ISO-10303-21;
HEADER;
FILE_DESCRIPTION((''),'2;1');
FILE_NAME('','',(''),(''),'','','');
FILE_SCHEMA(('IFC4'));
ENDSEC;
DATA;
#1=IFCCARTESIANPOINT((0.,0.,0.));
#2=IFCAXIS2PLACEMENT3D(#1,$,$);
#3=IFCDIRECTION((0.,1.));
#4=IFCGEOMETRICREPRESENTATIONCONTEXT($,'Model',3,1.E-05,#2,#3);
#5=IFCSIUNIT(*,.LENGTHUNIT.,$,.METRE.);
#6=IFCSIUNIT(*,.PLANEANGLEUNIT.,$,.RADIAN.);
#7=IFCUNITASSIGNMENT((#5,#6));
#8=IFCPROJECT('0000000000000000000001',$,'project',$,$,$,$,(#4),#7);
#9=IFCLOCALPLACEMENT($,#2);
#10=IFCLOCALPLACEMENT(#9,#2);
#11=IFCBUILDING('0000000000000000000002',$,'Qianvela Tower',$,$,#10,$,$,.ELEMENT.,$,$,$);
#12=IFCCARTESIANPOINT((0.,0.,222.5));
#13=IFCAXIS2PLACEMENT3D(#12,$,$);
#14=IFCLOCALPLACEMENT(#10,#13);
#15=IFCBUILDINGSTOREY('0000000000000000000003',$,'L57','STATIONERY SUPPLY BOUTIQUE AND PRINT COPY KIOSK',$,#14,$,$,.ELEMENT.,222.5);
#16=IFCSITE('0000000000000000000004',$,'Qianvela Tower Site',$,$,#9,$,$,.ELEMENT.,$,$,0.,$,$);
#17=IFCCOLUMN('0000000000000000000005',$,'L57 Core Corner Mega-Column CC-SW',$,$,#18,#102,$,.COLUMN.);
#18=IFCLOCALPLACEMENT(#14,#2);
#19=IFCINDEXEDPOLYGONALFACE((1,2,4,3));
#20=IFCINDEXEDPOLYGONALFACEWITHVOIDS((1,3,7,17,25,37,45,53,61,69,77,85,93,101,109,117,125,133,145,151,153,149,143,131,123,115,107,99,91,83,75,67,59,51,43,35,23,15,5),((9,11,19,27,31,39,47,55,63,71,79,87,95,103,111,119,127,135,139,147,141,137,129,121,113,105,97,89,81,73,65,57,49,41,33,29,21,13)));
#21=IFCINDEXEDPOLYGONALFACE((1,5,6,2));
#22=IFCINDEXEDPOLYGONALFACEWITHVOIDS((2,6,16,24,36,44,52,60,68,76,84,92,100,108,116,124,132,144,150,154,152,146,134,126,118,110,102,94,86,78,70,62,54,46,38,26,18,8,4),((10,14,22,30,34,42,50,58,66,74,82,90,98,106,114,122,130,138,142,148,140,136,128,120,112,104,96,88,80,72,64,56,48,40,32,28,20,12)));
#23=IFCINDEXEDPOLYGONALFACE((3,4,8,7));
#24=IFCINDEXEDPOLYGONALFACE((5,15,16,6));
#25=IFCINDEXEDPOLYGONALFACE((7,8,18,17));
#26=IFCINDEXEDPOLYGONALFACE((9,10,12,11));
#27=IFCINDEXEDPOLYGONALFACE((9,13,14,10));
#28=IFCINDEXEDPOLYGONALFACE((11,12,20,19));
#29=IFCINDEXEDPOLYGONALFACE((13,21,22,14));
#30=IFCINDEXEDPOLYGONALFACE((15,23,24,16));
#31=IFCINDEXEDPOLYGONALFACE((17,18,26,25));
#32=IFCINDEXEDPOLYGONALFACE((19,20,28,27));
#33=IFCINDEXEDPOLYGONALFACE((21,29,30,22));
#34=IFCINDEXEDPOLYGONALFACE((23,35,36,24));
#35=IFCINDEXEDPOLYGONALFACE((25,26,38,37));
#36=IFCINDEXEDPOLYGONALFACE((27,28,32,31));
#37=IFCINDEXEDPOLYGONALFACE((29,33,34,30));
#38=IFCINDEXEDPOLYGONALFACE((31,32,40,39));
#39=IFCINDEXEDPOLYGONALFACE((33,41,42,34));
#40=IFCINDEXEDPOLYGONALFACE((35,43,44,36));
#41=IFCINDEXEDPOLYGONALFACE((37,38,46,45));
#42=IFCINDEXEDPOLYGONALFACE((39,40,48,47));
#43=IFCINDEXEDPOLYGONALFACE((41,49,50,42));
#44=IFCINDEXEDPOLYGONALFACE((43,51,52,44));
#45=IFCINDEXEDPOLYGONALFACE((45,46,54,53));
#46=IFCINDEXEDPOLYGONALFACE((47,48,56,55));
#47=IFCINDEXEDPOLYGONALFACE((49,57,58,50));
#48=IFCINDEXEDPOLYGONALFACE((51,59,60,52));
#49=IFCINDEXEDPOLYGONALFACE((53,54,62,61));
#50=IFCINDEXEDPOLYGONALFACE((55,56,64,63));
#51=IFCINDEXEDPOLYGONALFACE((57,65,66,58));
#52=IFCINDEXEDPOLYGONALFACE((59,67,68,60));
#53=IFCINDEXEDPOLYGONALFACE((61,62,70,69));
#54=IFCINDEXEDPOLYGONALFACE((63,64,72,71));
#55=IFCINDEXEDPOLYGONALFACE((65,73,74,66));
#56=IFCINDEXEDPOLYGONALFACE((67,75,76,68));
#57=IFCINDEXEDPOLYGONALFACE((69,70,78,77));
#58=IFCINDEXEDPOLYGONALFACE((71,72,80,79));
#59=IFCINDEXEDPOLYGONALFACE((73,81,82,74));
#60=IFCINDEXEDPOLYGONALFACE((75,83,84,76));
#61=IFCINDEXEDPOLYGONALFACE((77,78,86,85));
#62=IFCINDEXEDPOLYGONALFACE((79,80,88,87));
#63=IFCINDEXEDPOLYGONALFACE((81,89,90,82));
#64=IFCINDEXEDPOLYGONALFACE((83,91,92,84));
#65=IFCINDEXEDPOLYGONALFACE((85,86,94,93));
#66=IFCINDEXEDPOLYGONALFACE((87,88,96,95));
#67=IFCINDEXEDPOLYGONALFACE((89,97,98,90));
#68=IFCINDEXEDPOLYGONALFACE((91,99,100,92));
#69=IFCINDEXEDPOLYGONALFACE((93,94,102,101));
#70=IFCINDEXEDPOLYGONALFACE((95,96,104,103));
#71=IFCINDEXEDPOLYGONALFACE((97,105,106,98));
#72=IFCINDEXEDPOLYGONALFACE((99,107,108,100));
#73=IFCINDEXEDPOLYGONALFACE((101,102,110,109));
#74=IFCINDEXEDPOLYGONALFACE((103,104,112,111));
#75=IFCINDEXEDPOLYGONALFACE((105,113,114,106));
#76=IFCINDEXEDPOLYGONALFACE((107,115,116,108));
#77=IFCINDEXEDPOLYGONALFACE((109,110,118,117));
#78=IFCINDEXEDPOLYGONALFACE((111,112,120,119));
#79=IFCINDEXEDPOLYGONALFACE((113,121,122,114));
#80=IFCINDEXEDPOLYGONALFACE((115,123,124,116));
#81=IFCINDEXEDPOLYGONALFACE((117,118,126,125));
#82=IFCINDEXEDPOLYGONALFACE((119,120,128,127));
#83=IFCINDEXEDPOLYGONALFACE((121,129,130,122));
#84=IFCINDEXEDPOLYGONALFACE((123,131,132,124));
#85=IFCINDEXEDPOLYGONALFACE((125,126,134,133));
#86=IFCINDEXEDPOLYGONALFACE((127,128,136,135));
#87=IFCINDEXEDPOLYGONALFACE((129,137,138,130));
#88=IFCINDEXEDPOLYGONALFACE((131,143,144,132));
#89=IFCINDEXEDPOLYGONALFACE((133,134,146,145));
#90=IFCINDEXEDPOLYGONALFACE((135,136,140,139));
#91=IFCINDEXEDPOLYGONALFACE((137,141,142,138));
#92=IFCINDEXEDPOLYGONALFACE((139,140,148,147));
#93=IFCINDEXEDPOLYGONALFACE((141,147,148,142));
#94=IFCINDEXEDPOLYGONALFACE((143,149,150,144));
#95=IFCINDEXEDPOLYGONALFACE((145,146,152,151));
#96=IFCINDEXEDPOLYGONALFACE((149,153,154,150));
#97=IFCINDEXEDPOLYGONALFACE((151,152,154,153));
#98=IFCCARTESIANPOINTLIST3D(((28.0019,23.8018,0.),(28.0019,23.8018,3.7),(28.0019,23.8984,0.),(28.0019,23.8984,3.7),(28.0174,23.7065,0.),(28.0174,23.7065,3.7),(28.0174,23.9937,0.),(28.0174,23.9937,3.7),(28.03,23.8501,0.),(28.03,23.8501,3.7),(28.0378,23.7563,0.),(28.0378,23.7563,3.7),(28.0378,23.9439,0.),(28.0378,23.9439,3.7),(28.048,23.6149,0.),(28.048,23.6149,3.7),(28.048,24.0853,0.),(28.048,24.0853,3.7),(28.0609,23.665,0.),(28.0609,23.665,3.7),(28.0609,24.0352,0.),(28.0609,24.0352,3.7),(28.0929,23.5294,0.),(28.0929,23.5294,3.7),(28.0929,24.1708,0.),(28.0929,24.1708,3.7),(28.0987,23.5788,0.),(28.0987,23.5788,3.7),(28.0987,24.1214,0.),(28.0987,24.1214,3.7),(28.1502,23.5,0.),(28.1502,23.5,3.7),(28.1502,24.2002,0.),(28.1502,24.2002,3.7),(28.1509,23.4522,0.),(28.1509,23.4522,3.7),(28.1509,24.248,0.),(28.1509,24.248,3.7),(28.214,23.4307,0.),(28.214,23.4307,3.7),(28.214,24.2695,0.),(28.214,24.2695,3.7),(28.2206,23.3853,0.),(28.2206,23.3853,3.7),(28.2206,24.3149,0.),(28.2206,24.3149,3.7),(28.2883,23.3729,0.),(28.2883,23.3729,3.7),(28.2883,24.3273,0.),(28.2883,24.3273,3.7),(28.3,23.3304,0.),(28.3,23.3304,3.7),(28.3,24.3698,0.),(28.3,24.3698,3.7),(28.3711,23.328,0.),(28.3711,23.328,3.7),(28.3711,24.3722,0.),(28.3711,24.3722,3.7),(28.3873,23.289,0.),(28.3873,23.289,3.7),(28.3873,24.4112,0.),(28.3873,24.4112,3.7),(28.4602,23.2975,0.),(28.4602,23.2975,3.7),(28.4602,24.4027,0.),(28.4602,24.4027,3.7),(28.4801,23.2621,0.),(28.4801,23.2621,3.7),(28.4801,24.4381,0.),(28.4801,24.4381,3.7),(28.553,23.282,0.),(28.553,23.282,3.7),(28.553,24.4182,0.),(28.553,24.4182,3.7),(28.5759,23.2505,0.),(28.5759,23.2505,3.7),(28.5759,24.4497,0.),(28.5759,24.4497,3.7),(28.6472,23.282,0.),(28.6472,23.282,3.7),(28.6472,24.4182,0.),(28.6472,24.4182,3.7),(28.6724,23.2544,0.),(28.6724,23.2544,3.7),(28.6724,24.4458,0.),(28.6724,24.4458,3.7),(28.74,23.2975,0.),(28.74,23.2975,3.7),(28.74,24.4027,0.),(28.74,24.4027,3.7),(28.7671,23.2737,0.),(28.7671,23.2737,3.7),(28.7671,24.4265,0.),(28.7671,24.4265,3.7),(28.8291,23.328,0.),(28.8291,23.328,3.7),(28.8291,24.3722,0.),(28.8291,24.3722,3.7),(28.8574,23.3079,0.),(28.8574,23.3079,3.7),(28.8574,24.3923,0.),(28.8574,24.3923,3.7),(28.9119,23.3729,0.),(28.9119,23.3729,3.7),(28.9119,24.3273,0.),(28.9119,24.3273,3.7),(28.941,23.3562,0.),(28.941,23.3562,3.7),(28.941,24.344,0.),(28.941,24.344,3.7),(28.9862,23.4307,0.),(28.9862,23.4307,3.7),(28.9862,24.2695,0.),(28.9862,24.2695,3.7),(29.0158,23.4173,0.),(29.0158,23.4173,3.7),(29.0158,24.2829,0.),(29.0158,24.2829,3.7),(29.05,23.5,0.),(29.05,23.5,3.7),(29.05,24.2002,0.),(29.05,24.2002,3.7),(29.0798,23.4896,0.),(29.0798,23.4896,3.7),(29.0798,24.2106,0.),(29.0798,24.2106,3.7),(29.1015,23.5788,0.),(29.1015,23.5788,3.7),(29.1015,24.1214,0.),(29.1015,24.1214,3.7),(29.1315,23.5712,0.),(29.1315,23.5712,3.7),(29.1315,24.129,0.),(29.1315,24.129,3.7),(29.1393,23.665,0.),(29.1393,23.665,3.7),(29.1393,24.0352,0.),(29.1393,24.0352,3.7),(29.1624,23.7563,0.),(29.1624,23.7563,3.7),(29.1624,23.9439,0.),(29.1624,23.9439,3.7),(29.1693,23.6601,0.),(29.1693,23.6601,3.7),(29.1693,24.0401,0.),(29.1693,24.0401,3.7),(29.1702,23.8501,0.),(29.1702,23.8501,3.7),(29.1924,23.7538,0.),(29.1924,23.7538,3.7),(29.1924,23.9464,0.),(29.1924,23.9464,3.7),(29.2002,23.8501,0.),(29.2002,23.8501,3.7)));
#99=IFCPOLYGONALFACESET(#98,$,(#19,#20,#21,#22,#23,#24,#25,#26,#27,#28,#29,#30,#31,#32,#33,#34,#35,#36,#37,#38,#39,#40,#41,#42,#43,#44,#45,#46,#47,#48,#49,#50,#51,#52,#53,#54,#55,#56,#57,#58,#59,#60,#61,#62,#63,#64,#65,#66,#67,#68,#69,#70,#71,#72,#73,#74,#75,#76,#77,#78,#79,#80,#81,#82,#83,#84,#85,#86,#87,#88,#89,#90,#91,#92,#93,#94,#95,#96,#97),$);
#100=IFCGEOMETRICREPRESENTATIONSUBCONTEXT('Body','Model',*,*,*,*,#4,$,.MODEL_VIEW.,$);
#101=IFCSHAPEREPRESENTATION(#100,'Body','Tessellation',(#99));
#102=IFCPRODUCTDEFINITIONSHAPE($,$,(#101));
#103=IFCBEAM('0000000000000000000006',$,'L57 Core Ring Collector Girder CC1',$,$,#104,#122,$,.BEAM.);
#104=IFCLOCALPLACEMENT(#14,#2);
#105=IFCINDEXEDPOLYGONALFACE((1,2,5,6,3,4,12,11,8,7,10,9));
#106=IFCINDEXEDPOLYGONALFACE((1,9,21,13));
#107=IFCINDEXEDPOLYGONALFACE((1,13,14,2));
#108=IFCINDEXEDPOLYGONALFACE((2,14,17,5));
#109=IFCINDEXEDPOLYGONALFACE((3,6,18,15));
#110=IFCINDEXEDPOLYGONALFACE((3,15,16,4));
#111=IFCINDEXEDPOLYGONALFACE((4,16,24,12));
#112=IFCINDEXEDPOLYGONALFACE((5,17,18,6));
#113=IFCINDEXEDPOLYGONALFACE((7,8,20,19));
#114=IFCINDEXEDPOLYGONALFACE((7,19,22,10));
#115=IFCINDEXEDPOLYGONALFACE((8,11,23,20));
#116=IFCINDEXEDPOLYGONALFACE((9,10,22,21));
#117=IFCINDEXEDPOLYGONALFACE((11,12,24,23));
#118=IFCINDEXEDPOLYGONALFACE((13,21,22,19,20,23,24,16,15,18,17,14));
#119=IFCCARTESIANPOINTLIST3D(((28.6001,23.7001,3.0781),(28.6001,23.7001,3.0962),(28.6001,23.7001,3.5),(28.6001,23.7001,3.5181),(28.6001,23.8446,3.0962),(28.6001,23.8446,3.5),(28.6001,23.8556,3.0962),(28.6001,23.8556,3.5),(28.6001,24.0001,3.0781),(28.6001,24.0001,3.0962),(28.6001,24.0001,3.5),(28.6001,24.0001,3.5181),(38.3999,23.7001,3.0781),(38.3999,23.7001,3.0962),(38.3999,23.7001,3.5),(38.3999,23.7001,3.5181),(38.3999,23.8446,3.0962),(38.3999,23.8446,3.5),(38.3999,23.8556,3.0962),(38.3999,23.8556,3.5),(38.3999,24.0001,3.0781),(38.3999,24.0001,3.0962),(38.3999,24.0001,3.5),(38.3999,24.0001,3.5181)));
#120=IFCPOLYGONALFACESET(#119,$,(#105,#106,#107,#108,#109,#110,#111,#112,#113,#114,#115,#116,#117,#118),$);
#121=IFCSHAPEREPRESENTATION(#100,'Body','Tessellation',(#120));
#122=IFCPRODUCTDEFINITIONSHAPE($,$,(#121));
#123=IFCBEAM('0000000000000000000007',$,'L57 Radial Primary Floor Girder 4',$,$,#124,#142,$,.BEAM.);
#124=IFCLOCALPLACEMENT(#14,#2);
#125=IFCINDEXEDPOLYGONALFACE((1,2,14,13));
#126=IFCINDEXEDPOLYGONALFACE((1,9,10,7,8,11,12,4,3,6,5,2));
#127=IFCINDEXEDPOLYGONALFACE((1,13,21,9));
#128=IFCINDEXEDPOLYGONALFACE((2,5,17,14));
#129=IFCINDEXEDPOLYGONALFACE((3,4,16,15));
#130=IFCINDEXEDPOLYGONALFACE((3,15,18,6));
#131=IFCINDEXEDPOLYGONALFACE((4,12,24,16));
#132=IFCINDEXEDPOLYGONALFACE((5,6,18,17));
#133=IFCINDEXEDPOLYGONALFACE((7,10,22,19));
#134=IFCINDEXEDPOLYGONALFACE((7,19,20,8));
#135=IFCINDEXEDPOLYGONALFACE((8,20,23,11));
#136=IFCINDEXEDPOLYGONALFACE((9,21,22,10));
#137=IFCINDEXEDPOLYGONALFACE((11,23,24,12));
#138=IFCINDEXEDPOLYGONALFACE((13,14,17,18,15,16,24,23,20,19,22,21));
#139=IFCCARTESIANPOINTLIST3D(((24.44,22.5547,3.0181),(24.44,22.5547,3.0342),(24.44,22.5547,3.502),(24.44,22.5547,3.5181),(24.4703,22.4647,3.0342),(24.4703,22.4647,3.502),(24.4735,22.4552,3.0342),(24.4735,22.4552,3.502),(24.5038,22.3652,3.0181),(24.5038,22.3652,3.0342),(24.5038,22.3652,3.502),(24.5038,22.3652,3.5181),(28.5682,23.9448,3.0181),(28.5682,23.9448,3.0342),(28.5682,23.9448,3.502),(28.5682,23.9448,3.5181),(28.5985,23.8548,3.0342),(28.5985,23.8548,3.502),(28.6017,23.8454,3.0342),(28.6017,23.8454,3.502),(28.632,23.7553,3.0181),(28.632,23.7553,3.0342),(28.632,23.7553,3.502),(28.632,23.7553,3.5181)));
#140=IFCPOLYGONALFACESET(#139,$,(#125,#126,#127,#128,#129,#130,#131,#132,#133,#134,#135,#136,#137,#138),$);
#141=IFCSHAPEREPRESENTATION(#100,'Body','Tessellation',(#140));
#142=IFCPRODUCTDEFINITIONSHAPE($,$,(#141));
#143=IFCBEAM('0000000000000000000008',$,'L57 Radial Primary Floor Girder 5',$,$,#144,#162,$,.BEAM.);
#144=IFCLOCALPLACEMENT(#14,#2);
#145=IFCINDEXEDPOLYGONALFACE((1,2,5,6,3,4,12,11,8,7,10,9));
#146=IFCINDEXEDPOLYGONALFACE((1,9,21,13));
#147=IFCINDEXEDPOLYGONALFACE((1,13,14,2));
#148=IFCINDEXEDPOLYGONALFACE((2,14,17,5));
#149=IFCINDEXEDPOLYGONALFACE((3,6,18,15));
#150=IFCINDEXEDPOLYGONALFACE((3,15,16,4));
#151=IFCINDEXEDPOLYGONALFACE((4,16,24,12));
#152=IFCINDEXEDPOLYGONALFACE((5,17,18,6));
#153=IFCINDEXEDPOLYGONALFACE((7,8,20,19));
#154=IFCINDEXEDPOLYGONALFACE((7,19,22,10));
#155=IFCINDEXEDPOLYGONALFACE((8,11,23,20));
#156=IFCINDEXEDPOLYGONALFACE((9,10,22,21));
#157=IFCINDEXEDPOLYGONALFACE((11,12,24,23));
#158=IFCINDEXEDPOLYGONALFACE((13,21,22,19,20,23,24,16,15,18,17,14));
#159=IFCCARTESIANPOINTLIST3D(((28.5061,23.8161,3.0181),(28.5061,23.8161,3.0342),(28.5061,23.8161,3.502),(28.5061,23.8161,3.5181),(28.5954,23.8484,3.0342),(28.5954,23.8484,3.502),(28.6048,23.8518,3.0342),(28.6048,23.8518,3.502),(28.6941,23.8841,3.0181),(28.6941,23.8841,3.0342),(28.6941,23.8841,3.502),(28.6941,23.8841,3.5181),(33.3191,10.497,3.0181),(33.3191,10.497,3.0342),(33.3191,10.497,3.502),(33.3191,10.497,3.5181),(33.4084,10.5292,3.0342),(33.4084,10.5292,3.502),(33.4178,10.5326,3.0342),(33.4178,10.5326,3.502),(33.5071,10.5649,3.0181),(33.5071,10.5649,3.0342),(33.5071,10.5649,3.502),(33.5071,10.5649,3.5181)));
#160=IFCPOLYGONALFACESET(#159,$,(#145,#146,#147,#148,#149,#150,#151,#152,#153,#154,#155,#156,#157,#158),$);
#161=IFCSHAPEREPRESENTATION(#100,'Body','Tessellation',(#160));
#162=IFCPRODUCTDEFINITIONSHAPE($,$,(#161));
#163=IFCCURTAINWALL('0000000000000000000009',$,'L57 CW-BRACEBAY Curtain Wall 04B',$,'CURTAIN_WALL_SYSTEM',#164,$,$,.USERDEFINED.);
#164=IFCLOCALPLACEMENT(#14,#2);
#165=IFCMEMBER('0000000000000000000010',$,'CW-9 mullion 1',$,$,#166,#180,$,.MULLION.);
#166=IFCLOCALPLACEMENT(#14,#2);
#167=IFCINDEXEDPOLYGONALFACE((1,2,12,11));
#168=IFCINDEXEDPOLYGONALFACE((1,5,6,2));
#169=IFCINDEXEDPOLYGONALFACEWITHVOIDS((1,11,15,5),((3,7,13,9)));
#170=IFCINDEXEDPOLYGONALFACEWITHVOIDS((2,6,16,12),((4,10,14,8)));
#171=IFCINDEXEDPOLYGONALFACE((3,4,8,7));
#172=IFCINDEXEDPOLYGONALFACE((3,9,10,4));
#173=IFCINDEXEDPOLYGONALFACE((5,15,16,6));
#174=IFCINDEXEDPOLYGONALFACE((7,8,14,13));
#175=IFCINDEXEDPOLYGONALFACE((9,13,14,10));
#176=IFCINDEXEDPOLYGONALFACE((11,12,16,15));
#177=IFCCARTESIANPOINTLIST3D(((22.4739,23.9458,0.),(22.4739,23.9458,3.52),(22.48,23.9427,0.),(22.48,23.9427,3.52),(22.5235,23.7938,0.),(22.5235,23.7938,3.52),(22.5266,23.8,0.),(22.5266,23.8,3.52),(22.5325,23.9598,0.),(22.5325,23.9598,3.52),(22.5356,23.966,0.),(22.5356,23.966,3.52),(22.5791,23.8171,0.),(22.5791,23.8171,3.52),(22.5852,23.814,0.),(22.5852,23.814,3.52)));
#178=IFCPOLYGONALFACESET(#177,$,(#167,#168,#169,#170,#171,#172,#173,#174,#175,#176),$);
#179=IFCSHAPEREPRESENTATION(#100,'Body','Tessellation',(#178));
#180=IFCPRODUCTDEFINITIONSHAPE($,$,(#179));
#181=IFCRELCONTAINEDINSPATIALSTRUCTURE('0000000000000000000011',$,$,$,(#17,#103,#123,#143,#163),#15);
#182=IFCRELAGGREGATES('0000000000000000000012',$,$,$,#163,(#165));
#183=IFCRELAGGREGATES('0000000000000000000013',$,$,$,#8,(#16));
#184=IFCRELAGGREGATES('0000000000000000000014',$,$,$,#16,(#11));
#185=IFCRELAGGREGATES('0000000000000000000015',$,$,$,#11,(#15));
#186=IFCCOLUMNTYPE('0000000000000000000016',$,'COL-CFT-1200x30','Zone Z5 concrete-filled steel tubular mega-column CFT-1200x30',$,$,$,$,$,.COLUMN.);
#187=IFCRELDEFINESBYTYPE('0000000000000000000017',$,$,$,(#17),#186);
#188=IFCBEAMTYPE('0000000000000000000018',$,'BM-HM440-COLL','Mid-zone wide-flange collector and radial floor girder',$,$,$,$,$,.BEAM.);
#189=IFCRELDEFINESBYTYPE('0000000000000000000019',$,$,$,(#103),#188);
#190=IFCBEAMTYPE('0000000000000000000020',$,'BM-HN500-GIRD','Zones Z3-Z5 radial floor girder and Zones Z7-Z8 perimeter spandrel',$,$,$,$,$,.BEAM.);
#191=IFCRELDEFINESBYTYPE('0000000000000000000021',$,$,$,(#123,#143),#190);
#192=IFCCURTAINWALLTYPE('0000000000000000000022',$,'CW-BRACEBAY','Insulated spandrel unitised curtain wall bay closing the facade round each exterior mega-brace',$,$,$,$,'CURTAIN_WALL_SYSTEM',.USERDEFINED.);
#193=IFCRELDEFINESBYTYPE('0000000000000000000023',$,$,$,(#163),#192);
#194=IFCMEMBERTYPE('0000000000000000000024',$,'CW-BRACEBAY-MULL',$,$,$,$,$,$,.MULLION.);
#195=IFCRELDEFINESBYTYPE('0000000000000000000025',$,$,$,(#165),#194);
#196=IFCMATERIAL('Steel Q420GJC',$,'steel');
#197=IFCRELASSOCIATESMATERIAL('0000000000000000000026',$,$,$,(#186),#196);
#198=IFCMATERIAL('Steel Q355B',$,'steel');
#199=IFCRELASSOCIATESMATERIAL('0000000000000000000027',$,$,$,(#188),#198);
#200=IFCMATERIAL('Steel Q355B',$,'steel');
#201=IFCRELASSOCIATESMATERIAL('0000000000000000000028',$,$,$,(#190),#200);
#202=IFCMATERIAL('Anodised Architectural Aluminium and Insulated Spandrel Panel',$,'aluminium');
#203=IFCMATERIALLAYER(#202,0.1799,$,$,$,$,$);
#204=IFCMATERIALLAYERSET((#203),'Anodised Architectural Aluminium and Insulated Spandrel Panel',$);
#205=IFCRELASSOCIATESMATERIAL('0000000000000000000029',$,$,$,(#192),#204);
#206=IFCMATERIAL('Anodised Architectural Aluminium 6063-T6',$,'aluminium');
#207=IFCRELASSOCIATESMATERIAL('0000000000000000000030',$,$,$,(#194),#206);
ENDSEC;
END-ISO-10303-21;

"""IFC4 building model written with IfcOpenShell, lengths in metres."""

from ifc_helpers import new_model, si_unit, direction, frame, origin, origin_2d, place, context, subcontext, project, spatial, hollow_rectangle, hollow_circle, i_section, extrude, material, layer, layer_set, material_profile, profile_set, type_object, element, aggregate, save


model = new_model("IFC4")

# Units and contexts
model_context = context("Model", 3, precision=1e-05, world=origin(), true_north=direction((0.0, 1.0)))
body_context = subcontext(model_context, "Body", "Model", "MODEL_VIEW")
ifc_project = project(units=[si_unit("LENGTHUNIT", "METRE"), si_unit("PLANEANGLEUNIT", "RADIAN")], contexts=[model_context])

# Site, building, storey
site_placement = place(None, origin())
site = spatial("IfcSite", under=ifc_project, at=site_placement, Name="Qianvela Tower Site", CompositionType="ELEMENT", RefElevation=0.0)
building_placement = place(site_placement, origin())
building = spatial("IfcBuilding", under=site, at=building_placement, Name="Qianvela Tower", CompositionType="ELEMENT")
storey_placement = place(building_placement, frame((0.0, 0.0, 222.5)))
storey = spatial("IfcBuildingStorey", under=building, at=storey_placement, Name="L57", Description="STATIONERY SUPPLY BOUTIQUE AND PRINT COPY KIOSK", CompositionType="ELEMENT", Elevation=222.5)

# Column
ifc_material_1 = material(Name="Steel Q420GJC", Category="steel")
ifc_material_profile_1 = material_profile(ifc_material_1, hollow_circle(Radius=0.6001, WallThickness=0.03, at=origin_2d()), Name="CFT-1200x30")
ifc_profile_set_1 = profile_set([ifc_material_profile_1], Name="Steel Q420GJC")
column_type = type_object("IfcColumnType", Name="COL-CFT-1200x30", Description="Zone Z5 concrete-filled steel tubular mega-column CFT-1200x30", PredefinedType="COLUMN", material=ifc_profile_set_1)
column_placement = place(storey_placement, frame((28.6001, 23.8501, 0.0), z_axis=(0.0, 0.0, 1.0), x_axis=(1.0, 0.0, 0.0)))
element("IfcColumn", 1, at=column_placement, inside=storey, type_object=column_type, Name="L57 Core Corner Mega-Column CC-SW", PredefinedType="COLUMN", context=body_context, shape_type="SweptSolid", body=[
    extrude(hollow_circle(Radius=0.6001, WallThickness=0.03, at=origin_2d()), origin(), (0.0, 0.0, 1.0), 3.7),
])

# Beams
ifc_material_2 = material(Name="Steel Q355B", Category="steel")
ifc_material_profile_2 = material_profile(ifc_material_2, i_section(OverallWidth=0.3, OverallDepth=0.4399, WebThickness=0.011, FlangeThickness=0.0181, at=origin_2d()), Name="HM440x300x11x18")
ifc_profile_set_2 = profile_set([ifc_material_profile_2], Name="Steel Q355B")
beam_type_1 = type_object("IfcBeamType", Name="BM-HM440-COLL", Description="Mid-zone wide-flange collector and radial floor girder", PredefinedType="BEAM", material=ifc_profile_set_2)
beam_1_placement = place(storey_placement, frame((28.6001, 23.8501, 3.2981), z_axis=(1.0, 0.0, 0.0), x_axis=(0.0, 1.0, 0.0)))
element("IfcBeam", 2, at=beam_1_placement, inside=storey, type_object=beam_type_1, Name="L57 Core Ring Collector Girder CC1", PredefinedType="BEAM", context=body_context, shape_type="SweptSolid", body=[
    extrude(i_section(OverallWidth=0.3, OverallDepth=0.4399, WebThickness=0.011, FlangeThickness=0.0181, at=origin_2d()), origin(), (0.0, 0.0, 1.0), 9.7998),
])
ifc_material_3 = material(Name="Steel Q355B", Category="steel")
ifc_material_profile_3 = material_profile(ifc_material_3, i_section(OverallWidth=0.2, OverallDepth=0.5, WebThickness=0.01, FlangeThickness=0.0161, at=origin_2d()), Name="HN500x200x10x16")
ifc_profile_set_3 = profile_set([ifc_material_profile_3], Name="Steel Q355B")
beam_type_2 = type_object("IfcBeamType", Name="BM-HN500-GIRD", Description="Zones Z3-Z5 radial floor girder and Zones Z7-Z8 perimeter spandrel", PredefinedType="BEAM", material=ifc_profile_set_3)
beam_2_placement = place(storey_placement, frame((28.6001, 23.8501, 3.2681), z_axis=(-0.947709, -0.319135, 0.0), x_axis=(0.319135, -0.947709, 0.0)))
element("IfcBeam", 3, at=beam_2_placement, inside=storey, type_object=beam_type_2, Name="L57 Radial Primary Floor Girder 4", PredefinedType="BEAM", context=body_context, shape_type="SweptSolid", body=[
    extrude(i_section(OverallWidth=0.2, OverallDepth=0.5, WebThickness=0.01, FlangeThickness=0.0161, at=origin_2d()), origin(), (0.0, 0.0, 1.0), 4.356),
])
beam_3_placement = place(storey_placement, frame((28.6001, 23.8501, 3.2681), z_axis=(0.339852, -0.940479, 0.0), x_axis=(0.940479, 0.339852, 0.0)))
element("IfcBeam", 4, at=beam_3_placement, inside=storey, type_object=beam_type_2, Name="L57 Radial Primary Floor Girder 5", PredefinedType="BEAM", context=body_context, shape_type="SweptSolid", body=[
    extrude(i_section(OverallWidth=0.2, OverallDepth=0.5, WebThickness=0.01, FlangeThickness=0.0161, at=origin_2d()), origin(), (0.0, 0.0, 1.0), 14.1621),
])

# Curtain wall, member
ifc_material_4 = material(Name="Anodised Architectural Aluminium and Insulated Spandrel Panel", Category="aluminium")
ifc_layer_1 = layer(ifc_material_4, 0.1799)
ifc_layer_set_1 = layer_set([ifc_layer_1], Name="Anodised Architectural Aluminium and Insulated Spandrel Panel")
curtain_wall_type_1 = type_object("IfcCurtainWallType", Name="CW-BRACEBAY", Description="Insulated spandrel unitised curtain wall bay closing the facade round each exterior mega-brace", ElementType="CURTAIN_WALL_SYSTEM", PredefinedType="USERDEFINED", material=ifc_layer_set_1)
curtain_wall_1_placement = place(storey_placement, origin())
curtain_wall_1 = element("IfcCurtainWall", 5, at=curtain_wall_1_placement, inside=storey, type_object=curtain_wall_type_1, Name="L57 CW-BRACEBAY Curtain Wall 04B", ObjectType="CURTAIN_WALL_SYSTEM", PredefinedType="USERDEFINED")
ifc_material_5 = material(Name="Anodised Architectural Aluminium 6063-T6", Category="aluminium")
ifc_material_profile_4 = material_profile(ifc_material_5, hollow_rectangle(XDim=0.0649, YDim=0.1599, WallThickness=0.0049, at=origin_2d()), Name="ALU-MULL-65x160")
ifc_profile_set_4 = profile_set([ifc_material_profile_4], Name="Anodised Architectural Aluminium 6063-T6")
member_type_1 = type_object("IfcMemberType", Name="CW-BRACEBAY-MULL", PredefinedType="MULLION", material=ifc_profile_set_4)
member_1_placement = place(storey_placement, frame((22.5295, 23.8799, 0.0), z_axis=(0.0, 0.0, 1.0), x_axis=(0.950622, 0.31035, 0.0)))
member_1 = element("IfcMember", 6, at=member_1_placement, type_object=member_type_1, Name="CW-9 mullion 1", PredefinedType="MULLION", context=body_context, shape_type="SweptSolid", body=[
    extrude(hollow_rectangle(XDim=0.0649, YDim=0.1599, WallThickness=0.0049, at=origin_2d()), origin(), (0.0, 0.0, 1.0), 3.52),
])
aggregate(curtain_wall_1, [member_1])

save(model, "model.ifc")
